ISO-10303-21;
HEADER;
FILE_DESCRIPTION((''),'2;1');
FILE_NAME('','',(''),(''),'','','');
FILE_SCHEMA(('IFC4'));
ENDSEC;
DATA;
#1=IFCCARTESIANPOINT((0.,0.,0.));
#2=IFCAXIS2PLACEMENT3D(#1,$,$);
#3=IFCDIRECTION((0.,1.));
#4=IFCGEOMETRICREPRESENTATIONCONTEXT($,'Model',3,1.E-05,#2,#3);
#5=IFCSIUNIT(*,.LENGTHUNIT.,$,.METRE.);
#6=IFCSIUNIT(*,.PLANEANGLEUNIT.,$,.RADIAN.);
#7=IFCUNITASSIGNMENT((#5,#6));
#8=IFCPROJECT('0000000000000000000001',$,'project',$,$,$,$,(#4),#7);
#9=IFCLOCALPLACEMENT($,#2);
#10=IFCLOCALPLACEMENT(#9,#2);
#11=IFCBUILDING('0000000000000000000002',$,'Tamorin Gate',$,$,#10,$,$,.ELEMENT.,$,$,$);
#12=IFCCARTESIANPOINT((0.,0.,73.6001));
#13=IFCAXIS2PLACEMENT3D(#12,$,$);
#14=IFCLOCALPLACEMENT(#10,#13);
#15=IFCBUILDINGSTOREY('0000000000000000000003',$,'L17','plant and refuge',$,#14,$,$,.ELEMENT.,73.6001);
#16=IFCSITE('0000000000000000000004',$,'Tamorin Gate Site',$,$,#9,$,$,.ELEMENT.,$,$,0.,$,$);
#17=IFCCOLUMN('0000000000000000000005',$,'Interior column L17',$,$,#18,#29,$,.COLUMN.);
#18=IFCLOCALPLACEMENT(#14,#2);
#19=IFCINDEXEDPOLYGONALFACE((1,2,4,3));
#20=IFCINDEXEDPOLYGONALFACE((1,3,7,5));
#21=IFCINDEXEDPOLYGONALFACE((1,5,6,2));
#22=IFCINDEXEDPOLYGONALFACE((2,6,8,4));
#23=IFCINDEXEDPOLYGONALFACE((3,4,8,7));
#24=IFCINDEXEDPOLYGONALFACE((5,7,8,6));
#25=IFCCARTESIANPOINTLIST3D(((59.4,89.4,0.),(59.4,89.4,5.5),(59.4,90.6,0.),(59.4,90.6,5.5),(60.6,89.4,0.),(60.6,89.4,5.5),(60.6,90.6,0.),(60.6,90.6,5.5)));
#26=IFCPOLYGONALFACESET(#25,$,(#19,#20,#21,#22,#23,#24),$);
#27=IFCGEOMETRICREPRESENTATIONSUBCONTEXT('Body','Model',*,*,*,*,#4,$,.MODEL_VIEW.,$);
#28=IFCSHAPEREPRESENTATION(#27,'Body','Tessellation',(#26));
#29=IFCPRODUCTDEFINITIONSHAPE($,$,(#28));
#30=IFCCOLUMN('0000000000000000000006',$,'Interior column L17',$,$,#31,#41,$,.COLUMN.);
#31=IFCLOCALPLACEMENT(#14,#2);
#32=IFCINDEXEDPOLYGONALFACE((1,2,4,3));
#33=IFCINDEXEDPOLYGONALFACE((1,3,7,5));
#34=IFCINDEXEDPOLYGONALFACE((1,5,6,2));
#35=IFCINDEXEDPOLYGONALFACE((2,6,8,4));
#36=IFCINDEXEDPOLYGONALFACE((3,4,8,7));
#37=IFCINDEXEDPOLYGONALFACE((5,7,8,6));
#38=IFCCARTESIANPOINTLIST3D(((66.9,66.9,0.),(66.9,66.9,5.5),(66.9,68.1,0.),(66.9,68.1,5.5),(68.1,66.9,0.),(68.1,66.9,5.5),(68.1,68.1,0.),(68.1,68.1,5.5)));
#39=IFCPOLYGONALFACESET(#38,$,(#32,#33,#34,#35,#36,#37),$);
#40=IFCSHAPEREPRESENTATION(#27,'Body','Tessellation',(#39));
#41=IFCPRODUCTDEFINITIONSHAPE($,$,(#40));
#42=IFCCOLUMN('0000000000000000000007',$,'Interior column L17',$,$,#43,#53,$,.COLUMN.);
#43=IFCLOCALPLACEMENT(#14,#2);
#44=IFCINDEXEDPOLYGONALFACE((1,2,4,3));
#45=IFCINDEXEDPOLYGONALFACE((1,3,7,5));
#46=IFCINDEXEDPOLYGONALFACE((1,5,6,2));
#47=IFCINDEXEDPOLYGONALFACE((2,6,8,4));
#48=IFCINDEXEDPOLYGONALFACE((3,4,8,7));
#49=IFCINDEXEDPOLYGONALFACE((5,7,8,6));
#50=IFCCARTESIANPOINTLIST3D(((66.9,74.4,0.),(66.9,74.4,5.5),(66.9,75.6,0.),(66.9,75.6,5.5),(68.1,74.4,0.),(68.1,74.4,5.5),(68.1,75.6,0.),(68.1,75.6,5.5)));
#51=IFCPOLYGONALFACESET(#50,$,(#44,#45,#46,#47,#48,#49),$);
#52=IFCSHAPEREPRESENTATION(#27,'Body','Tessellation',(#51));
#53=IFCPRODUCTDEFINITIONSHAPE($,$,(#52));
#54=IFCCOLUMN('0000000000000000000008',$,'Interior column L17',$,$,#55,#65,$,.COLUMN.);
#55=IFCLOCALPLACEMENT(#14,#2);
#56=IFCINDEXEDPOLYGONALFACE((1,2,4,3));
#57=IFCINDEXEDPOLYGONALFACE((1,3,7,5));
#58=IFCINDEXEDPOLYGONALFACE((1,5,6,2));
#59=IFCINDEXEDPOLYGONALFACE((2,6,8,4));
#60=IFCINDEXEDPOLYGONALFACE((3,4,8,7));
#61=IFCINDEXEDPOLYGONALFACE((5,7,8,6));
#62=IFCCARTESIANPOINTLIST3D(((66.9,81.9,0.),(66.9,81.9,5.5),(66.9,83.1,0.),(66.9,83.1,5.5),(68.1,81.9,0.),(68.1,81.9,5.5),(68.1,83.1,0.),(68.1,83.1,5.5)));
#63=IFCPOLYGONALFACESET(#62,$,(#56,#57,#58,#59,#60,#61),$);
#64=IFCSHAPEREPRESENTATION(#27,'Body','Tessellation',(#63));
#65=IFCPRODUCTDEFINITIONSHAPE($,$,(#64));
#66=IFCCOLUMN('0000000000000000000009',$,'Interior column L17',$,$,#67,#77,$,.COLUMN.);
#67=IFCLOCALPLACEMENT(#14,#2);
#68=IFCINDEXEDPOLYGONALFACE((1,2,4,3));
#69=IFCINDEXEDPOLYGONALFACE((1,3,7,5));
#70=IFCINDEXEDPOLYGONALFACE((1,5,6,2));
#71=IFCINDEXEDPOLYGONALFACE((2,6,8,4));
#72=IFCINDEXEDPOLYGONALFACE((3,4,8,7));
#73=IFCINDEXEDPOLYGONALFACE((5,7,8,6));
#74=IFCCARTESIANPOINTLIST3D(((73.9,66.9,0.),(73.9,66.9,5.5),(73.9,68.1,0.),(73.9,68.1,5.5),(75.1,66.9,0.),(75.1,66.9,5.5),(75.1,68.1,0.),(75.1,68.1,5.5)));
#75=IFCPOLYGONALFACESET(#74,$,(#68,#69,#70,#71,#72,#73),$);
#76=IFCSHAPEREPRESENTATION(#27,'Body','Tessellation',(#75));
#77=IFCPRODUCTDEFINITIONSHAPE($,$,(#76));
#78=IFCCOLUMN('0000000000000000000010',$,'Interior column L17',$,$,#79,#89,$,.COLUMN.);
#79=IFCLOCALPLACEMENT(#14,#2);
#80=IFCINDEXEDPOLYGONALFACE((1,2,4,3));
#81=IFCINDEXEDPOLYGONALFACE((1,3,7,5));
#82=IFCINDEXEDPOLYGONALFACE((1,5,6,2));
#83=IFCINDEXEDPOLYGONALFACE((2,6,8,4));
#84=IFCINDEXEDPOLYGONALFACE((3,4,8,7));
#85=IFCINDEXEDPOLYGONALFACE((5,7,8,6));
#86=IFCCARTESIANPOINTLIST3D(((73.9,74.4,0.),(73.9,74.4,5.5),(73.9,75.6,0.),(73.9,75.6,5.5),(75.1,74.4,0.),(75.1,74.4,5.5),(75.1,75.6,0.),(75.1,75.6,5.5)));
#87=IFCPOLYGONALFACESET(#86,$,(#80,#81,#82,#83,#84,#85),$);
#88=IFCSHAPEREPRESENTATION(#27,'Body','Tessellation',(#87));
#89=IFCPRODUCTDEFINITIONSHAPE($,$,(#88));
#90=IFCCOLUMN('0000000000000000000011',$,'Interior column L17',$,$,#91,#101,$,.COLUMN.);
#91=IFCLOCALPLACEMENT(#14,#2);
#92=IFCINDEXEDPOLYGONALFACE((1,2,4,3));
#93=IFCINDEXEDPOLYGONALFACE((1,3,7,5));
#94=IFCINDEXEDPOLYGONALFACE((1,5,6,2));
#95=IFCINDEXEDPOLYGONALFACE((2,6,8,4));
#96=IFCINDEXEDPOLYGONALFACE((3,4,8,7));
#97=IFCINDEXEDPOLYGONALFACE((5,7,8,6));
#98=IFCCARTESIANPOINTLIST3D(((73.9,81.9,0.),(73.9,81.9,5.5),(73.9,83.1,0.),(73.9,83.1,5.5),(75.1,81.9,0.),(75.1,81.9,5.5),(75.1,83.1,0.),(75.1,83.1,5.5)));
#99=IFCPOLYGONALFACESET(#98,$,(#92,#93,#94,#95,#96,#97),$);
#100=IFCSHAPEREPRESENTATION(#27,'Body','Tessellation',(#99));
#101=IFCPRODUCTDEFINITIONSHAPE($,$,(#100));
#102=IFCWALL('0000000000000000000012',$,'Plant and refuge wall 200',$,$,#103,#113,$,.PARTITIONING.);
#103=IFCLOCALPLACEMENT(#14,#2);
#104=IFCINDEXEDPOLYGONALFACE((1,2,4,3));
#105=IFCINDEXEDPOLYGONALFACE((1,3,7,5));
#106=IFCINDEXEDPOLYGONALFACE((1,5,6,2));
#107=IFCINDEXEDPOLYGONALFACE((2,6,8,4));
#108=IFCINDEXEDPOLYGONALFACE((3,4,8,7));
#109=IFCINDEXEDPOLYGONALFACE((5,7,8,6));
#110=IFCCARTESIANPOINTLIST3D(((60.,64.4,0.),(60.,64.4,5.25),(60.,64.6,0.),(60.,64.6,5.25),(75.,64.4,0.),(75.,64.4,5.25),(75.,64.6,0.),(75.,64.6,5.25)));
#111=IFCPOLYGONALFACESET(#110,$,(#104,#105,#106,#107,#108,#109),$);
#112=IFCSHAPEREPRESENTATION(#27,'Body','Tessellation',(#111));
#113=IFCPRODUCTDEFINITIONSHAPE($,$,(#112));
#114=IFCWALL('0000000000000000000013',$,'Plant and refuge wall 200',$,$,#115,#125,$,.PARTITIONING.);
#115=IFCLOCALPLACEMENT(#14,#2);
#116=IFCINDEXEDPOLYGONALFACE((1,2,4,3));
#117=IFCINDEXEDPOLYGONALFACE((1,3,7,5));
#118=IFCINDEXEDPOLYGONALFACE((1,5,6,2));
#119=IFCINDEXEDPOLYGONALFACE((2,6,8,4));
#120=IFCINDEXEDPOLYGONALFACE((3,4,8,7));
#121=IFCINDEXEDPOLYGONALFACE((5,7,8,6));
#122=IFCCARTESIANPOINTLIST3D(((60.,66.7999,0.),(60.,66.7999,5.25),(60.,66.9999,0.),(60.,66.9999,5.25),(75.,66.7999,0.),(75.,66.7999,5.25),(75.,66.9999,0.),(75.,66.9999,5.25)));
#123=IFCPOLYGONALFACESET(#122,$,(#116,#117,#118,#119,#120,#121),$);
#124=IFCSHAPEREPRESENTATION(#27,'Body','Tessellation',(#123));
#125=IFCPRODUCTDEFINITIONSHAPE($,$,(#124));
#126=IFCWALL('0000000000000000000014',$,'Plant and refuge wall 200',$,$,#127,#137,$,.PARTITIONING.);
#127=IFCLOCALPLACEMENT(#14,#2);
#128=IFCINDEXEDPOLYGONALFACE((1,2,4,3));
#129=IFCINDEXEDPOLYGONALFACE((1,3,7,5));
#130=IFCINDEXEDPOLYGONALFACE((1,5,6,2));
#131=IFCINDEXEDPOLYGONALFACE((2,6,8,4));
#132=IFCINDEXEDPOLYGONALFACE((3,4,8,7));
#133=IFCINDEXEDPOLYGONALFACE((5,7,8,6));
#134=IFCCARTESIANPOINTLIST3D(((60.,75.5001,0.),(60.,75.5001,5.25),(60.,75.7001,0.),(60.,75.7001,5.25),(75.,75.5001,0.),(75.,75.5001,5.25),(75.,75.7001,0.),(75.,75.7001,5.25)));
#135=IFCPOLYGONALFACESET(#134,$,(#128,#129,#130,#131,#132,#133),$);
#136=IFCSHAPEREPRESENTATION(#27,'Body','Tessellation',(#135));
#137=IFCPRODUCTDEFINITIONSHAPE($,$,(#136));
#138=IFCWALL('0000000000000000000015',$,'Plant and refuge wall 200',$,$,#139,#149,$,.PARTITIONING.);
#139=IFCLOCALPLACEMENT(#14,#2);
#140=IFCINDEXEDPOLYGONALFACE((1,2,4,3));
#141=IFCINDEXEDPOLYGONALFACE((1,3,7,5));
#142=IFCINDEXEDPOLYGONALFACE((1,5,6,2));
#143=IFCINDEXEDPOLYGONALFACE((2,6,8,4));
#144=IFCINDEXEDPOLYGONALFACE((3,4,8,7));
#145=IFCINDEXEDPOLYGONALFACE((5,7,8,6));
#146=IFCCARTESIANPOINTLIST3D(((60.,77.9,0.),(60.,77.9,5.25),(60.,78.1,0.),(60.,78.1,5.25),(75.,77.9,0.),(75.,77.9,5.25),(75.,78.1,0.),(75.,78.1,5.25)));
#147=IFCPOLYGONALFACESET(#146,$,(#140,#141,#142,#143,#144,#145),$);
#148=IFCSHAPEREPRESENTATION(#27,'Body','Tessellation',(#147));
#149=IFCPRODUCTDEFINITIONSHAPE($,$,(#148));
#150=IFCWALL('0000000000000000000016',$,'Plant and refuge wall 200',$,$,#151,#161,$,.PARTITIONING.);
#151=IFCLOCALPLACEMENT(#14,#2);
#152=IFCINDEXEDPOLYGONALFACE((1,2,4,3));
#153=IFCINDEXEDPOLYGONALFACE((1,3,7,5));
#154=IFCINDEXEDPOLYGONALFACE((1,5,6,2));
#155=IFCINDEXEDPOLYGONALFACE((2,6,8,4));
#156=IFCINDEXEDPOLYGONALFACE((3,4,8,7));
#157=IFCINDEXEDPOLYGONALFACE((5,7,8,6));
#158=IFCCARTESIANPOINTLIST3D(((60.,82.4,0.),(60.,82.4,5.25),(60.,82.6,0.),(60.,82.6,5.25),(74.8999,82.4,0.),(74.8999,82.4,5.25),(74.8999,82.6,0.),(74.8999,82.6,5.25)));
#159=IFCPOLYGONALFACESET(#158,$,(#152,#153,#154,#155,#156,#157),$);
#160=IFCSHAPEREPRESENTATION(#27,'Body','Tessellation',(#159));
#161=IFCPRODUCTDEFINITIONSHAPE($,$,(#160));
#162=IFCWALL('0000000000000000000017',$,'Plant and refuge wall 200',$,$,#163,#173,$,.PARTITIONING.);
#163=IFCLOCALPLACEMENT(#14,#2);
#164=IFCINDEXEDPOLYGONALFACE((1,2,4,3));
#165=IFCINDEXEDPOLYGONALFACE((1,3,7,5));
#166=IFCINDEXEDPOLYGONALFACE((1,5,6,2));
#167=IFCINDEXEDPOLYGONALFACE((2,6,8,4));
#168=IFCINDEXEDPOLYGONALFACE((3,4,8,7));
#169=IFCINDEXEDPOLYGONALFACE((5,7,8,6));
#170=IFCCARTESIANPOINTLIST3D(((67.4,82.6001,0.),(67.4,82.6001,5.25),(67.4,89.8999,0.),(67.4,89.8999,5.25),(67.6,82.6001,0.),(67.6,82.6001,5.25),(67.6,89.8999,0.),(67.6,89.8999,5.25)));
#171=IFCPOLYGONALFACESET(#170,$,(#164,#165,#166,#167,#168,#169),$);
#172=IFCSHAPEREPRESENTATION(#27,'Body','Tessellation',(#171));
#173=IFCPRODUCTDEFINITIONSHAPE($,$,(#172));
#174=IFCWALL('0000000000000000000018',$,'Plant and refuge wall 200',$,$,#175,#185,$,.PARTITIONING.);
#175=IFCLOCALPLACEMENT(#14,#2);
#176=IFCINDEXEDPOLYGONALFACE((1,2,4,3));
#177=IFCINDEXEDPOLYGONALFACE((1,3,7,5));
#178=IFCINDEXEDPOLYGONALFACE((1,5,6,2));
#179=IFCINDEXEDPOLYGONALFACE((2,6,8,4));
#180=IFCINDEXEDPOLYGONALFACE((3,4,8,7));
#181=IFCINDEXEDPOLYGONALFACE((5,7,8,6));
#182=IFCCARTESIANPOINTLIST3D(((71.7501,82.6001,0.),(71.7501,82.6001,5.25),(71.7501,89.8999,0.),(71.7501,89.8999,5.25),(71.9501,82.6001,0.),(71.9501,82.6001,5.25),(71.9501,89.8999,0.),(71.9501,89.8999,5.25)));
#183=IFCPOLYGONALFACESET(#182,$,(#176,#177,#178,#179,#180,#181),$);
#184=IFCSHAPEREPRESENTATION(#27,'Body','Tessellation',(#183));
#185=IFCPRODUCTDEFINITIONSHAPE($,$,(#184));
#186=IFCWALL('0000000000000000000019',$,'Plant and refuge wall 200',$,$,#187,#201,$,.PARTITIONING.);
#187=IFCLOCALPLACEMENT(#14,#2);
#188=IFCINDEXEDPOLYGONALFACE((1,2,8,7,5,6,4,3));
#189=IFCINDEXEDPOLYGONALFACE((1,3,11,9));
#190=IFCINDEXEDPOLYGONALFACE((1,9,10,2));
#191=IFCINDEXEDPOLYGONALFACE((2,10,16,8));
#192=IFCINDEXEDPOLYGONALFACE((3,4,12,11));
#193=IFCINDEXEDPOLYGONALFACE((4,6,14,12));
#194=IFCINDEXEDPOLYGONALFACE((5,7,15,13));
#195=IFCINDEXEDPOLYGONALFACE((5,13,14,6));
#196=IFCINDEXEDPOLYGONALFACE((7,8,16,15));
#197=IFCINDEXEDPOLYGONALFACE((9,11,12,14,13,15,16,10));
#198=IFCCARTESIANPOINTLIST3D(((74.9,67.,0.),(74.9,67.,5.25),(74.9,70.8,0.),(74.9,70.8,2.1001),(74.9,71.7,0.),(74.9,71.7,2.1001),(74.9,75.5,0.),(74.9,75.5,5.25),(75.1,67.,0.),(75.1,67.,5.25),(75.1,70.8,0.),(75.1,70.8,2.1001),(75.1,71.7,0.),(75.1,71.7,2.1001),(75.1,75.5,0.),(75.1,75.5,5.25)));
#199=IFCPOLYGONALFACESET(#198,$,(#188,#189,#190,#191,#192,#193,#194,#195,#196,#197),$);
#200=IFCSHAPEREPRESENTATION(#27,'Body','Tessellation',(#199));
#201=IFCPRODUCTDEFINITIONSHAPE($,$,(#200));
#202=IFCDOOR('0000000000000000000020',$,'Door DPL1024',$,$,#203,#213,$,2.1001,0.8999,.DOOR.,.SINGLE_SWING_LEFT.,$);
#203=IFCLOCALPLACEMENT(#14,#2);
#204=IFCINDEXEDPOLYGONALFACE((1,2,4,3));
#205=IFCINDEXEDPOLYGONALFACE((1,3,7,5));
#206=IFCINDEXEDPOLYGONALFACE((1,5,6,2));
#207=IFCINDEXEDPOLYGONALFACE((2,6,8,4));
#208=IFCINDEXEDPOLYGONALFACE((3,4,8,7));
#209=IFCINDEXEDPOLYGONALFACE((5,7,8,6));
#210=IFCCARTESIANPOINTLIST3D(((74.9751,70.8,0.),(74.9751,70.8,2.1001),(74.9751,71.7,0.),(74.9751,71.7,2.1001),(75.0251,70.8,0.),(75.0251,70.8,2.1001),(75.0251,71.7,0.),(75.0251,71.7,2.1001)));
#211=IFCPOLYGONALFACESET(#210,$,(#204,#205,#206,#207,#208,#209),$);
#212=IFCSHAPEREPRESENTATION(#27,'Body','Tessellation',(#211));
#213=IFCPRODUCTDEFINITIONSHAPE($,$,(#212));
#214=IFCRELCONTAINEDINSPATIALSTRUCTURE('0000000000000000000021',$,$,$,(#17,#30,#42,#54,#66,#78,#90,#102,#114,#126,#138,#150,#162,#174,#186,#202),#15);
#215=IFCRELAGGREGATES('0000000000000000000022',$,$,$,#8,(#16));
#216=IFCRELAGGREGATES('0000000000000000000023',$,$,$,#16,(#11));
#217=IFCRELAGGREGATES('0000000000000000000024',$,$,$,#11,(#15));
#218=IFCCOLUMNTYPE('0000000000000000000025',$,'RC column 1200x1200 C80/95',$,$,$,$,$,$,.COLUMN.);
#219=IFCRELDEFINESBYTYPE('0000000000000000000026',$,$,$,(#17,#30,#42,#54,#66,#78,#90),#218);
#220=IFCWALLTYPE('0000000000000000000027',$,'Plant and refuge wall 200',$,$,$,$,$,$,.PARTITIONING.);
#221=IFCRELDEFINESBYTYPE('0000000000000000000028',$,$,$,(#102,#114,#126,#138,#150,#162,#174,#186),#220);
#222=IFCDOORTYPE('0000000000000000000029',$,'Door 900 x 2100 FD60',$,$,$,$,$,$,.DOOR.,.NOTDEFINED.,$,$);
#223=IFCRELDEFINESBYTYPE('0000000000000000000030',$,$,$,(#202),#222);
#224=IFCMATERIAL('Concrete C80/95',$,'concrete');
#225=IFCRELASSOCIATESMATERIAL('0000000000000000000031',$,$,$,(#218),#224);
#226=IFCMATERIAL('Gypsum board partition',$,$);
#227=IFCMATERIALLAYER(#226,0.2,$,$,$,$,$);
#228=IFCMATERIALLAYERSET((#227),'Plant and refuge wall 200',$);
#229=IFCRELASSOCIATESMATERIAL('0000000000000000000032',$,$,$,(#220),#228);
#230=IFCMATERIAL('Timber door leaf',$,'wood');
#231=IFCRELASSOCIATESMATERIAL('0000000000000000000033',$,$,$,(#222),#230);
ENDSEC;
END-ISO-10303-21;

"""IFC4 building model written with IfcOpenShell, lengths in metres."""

from ifc_helpers import new_model, si_unit, direction, frame, frame_2d, origin, origin_2d, place, context, subcontext, project, spatial, rectangle, extrude, material, layer, layer_set, material_profile, profile_set, type_object, element, fill, save


model = new_model("IFC4")

# Units and contexts
model_context = context("Model", 3, precision=1e-05, world=origin(), true_north=direction((0.0, 1.0)))
body_context = subcontext(model_context, "Body", "Model", "MODEL_VIEW")
ifc_project = project(units=[si_unit("LENGTHUNIT", "METRE"), si_unit("PLANEANGLEUNIT", "RADIAN")], contexts=[model_context])

# Site, building, storey
site_placement = place(None, origin())
site = spatial("IfcSite", under=ifc_project, at=site_placement, Name="Tamorin Gate Site", CompositionType="ELEMENT", RefElevation=0.0)
building_placement = place(site_placement, origin())
building = spatial("IfcBuilding", under=site, at=building_placement, Name="Tamorin Gate", CompositionType="ELEMENT")
storey_placement = place(building_placement, frame((0.0, 0.0, 73.6001)))
storey = spatial("IfcBuildingStorey", under=building, at=storey_placement, Name="L17", Description="plant and refuge", CompositionType="ELEMENT", Elevation=73.6001)

# Columns
ifc_material_1 = material(Name="Concrete C80/95", Category="concrete")
ifc_material_profile = material_profile(ifc_material_1, rectangle(XDim=1.2, YDim=1.2, at=origin_2d()), Name="RC 1200x1200")
ifc_profile_set = profile_set([ifc_material_profile], Name="Concrete C80/95")
column_type = type_object("IfcColumnType", Name="RC column 1200x1200 C80/95", PredefinedType="COLUMN", material=ifc_profile_set)
for number, where, z_axis, x_axis, name in (
    (1, (60.0, 90.0, 0.0), (0.0, 0.0, 1.0), (1.0, 0.0, 0.0), "Interior column L17"),
    (2, (67.5, 67.5, 0.0), (0.0, 0.0, 1.0), (1.0, 0.0, 0.0), "Interior column L17"),
    (3, (67.5, 75.0, 0.0), (0.0, 0.0, 1.0), (1.0, 0.0, 0.0), "Interior column L17"),
    (4, (67.5, 82.5, 0.0), (0.0, 0.0, 1.0), (1.0, 0.0, 0.0), "Interior column L17"),
    (5, (74.5, 67.5, 0.0), (0.0, 0.0, 1.0), (1.0, 0.0, 0.0), "Interior column L17"),
    (6, (74.5, 75.0, 0.0), (0.0, 0.0, 1.0), (1.0, 0.0, 0.0), "Interior column L17"),
    (7, (74.5, 82.5, 0.0), (0.0, 0.0, 1.0), (1.0, 0.0, 0.0), "Interior column L17"),
):
    element("IfcColumn", number, at=place(storey_placement, frame(where, z_axis=z_axis, x_axis=x_axis)), inside=storey, type_object=column_type, Name=name, PredefinedType="COLUMN", context=body_context, shape_type="SweptSolid", body=[
        extrude(rectangle(XDim=1.2, YDim=1.2, at=origin_2d()), origin(), (0.0, 0.0, 1.0), 5.5),
    ])

# Walls
ifc_material_2 = material(Name="Gypsum board partition")
ifc_layer = layer(ifc_material_2, 0.2)
ifc_layer_set = layer_set([ifc_layer], Name="Plant and refuge wall 200")
wall_type = type_object("IfcWallType", Name="Plant and refuge wall 200", PredefinedType="PARTITIONING", material=ifc_layer_set)
for number, where, z_axis, x_axis, name in (
    (8, (60.0, 64.5, 0.0), (0.0, 0.0, 1.0), (1.0, 0.0, 0.0), "Plant and refuge wall 200"),
    (9, (60.0, 66.8999, 0.0), (0.0, 0.0, 1.0), (1.0, 0.0, 0.0), "Plant and refuge wall 200"),
    (10, (60.0, 75.6001, 0.0), (0.0, 0.0, 1.0), (1.0, 0.0, 0.0), "Plant and refuge wall 200"),
    (11, (60.0, 78.0, 0.0), (0.0, 0.0, 1.0), (1.0, 0.0, 0.0), "Plant and refuge wall 200"),
):
    element("IfcWall", number, at=place(storey_placement, frame(where, z_axis=z_axis, x_axis=x_axis)), inside=storey, type_object=wall_type, Name=name, PredefinedType="PARTITIONING", context=body_context, shape_type="SweptSolid", body=[
        extrude(rectangle(XDim=15.0, YDim=0.2, at=frame_2d((7.5, 0.0))), origin(), (0.0, 0.0, 1.0), 5.25),
    ])
wall_1_placement = place(storey_placement, frame((60.0, 82.5, 0.0), z_axis=(0.0, 0.0, 1.0), x_axis=(1.0, 0.0, 0.0)))
element("IfcWall", 12, at=wall_1_placement, inside=storey, type_object=wall_type, Name="Plant and refuge wall 200", PredefinedType="PARTITIONING", context=body_context, shape_type="SweptSolid", body=[
    extrude(rectangle(XDim=14.8999, YDim=0.2, at=frame_2d((7.45, 0.0))), origin(), (0.0, 0.0, 1.0), 5.25),
])
for number, where, z_axis, x_axis, name in (
    (13, (67.5, 82.6001, 0.0), (0.0, 0.0, 1.0), (0.0, 1.0, 0.0), "Plant and refuge wall 200"),
    (14, (71.8501, 82.6001, 0.0), (0.0, 0.0, 1.0), (0.0, 1.0, 0.0), "Plant and refuge wall 200"),
):
    element("IfcWall", number, at=place(storey_placement, frame(where, z_axis=z_axis, x_axis=x_axis)), inside=storey, type_object=wall_type, Name=name, PredefinedType="PARTITIONING", context=body_context, shape_type="SweptSolid", body=[
        extrude(rectangle(XDim=7.2998, YDim=0.2, at=frame_2d((3.6499, 0.0))), origin(), (0.0, 0.0, 1.0), 5.25),
    ])

# Wall, opening, door
wall_2_placement = place(storey_placement, frame((75.0, 67.0, 0.0), z_axis=(0.0, 0.0, 1.0), x_axis=(0.0, 1.0, 0.0)))
wall_2 = element("IfcWall", 15, at=wall_2_placement, inside=storey, type_object=wall_type, Name="Plant and refuge wall 200", PredefinedType="PARTITIONING", context=body_context, shape_type="SweptSolid", body=[
    extrude(rectangle(XDim=8.5, YDim=0.2, at=frame_2d((4.25, 0.0))), origin(), (0.0, 0.0, 1.0), 5.25),
])
opening_1_placement = place(wall_2_placement, frame((3.8, 0.0, 0.0)))
opening_1 = element("IfcOpeningElement", 16, at=opening_1_placement, cuts=wall_2, PredefinedType="OPENING", context=body_context, shape_type="SweptSolid", body=[
    extrude(rectangle(XDim=0.8999, YDim=2.1001, at=frame_2d((0.45, 1.05))), frame((0.0, 0.1099, 0.0), z_axis=(0.0, -1.0, 0.0), x_axis=(1.0, 0.0, 0.0)), (0.0, 0.0, 1.0), 0.22),
])
ifc_material_3 = material(Name="Timber door leaf", Category="wood")
door_type_1 = type_object("IfcDoorType", Name="Door 900 x 2100 FD60", OperationType="NOTDEFINED", PredefinedType="DOOR", material=ifc_material_3)
door_1_placement = place(opening_1_placement, origin())
door_1 = element("IfcDoor", 17, at=door_1_placement, inside=storey, type_object=door_type_1, Name="Door DPL1024", OperationType="SINGLE_SWING_LEFT", OverallHeight=2.1001, OverallWidth=0.8999, PredefinedType="DOOR", context=body_context, shape_type="SweptSolid", body=[
    extrude(rectangle(XDim=0.8999, YDim=2.1001, at=frame_2d((0.45, 1.05))), frame((0.0, 0.0249, 0.0), z_axis=(0.0, -1.0, 0.0), x_axis=(1.0, 0.0, 0.0)), (0.0, 0.0, 1.0), 0.05),
])
fill(opening_1, door_1)

save(model, "model.ifc")
